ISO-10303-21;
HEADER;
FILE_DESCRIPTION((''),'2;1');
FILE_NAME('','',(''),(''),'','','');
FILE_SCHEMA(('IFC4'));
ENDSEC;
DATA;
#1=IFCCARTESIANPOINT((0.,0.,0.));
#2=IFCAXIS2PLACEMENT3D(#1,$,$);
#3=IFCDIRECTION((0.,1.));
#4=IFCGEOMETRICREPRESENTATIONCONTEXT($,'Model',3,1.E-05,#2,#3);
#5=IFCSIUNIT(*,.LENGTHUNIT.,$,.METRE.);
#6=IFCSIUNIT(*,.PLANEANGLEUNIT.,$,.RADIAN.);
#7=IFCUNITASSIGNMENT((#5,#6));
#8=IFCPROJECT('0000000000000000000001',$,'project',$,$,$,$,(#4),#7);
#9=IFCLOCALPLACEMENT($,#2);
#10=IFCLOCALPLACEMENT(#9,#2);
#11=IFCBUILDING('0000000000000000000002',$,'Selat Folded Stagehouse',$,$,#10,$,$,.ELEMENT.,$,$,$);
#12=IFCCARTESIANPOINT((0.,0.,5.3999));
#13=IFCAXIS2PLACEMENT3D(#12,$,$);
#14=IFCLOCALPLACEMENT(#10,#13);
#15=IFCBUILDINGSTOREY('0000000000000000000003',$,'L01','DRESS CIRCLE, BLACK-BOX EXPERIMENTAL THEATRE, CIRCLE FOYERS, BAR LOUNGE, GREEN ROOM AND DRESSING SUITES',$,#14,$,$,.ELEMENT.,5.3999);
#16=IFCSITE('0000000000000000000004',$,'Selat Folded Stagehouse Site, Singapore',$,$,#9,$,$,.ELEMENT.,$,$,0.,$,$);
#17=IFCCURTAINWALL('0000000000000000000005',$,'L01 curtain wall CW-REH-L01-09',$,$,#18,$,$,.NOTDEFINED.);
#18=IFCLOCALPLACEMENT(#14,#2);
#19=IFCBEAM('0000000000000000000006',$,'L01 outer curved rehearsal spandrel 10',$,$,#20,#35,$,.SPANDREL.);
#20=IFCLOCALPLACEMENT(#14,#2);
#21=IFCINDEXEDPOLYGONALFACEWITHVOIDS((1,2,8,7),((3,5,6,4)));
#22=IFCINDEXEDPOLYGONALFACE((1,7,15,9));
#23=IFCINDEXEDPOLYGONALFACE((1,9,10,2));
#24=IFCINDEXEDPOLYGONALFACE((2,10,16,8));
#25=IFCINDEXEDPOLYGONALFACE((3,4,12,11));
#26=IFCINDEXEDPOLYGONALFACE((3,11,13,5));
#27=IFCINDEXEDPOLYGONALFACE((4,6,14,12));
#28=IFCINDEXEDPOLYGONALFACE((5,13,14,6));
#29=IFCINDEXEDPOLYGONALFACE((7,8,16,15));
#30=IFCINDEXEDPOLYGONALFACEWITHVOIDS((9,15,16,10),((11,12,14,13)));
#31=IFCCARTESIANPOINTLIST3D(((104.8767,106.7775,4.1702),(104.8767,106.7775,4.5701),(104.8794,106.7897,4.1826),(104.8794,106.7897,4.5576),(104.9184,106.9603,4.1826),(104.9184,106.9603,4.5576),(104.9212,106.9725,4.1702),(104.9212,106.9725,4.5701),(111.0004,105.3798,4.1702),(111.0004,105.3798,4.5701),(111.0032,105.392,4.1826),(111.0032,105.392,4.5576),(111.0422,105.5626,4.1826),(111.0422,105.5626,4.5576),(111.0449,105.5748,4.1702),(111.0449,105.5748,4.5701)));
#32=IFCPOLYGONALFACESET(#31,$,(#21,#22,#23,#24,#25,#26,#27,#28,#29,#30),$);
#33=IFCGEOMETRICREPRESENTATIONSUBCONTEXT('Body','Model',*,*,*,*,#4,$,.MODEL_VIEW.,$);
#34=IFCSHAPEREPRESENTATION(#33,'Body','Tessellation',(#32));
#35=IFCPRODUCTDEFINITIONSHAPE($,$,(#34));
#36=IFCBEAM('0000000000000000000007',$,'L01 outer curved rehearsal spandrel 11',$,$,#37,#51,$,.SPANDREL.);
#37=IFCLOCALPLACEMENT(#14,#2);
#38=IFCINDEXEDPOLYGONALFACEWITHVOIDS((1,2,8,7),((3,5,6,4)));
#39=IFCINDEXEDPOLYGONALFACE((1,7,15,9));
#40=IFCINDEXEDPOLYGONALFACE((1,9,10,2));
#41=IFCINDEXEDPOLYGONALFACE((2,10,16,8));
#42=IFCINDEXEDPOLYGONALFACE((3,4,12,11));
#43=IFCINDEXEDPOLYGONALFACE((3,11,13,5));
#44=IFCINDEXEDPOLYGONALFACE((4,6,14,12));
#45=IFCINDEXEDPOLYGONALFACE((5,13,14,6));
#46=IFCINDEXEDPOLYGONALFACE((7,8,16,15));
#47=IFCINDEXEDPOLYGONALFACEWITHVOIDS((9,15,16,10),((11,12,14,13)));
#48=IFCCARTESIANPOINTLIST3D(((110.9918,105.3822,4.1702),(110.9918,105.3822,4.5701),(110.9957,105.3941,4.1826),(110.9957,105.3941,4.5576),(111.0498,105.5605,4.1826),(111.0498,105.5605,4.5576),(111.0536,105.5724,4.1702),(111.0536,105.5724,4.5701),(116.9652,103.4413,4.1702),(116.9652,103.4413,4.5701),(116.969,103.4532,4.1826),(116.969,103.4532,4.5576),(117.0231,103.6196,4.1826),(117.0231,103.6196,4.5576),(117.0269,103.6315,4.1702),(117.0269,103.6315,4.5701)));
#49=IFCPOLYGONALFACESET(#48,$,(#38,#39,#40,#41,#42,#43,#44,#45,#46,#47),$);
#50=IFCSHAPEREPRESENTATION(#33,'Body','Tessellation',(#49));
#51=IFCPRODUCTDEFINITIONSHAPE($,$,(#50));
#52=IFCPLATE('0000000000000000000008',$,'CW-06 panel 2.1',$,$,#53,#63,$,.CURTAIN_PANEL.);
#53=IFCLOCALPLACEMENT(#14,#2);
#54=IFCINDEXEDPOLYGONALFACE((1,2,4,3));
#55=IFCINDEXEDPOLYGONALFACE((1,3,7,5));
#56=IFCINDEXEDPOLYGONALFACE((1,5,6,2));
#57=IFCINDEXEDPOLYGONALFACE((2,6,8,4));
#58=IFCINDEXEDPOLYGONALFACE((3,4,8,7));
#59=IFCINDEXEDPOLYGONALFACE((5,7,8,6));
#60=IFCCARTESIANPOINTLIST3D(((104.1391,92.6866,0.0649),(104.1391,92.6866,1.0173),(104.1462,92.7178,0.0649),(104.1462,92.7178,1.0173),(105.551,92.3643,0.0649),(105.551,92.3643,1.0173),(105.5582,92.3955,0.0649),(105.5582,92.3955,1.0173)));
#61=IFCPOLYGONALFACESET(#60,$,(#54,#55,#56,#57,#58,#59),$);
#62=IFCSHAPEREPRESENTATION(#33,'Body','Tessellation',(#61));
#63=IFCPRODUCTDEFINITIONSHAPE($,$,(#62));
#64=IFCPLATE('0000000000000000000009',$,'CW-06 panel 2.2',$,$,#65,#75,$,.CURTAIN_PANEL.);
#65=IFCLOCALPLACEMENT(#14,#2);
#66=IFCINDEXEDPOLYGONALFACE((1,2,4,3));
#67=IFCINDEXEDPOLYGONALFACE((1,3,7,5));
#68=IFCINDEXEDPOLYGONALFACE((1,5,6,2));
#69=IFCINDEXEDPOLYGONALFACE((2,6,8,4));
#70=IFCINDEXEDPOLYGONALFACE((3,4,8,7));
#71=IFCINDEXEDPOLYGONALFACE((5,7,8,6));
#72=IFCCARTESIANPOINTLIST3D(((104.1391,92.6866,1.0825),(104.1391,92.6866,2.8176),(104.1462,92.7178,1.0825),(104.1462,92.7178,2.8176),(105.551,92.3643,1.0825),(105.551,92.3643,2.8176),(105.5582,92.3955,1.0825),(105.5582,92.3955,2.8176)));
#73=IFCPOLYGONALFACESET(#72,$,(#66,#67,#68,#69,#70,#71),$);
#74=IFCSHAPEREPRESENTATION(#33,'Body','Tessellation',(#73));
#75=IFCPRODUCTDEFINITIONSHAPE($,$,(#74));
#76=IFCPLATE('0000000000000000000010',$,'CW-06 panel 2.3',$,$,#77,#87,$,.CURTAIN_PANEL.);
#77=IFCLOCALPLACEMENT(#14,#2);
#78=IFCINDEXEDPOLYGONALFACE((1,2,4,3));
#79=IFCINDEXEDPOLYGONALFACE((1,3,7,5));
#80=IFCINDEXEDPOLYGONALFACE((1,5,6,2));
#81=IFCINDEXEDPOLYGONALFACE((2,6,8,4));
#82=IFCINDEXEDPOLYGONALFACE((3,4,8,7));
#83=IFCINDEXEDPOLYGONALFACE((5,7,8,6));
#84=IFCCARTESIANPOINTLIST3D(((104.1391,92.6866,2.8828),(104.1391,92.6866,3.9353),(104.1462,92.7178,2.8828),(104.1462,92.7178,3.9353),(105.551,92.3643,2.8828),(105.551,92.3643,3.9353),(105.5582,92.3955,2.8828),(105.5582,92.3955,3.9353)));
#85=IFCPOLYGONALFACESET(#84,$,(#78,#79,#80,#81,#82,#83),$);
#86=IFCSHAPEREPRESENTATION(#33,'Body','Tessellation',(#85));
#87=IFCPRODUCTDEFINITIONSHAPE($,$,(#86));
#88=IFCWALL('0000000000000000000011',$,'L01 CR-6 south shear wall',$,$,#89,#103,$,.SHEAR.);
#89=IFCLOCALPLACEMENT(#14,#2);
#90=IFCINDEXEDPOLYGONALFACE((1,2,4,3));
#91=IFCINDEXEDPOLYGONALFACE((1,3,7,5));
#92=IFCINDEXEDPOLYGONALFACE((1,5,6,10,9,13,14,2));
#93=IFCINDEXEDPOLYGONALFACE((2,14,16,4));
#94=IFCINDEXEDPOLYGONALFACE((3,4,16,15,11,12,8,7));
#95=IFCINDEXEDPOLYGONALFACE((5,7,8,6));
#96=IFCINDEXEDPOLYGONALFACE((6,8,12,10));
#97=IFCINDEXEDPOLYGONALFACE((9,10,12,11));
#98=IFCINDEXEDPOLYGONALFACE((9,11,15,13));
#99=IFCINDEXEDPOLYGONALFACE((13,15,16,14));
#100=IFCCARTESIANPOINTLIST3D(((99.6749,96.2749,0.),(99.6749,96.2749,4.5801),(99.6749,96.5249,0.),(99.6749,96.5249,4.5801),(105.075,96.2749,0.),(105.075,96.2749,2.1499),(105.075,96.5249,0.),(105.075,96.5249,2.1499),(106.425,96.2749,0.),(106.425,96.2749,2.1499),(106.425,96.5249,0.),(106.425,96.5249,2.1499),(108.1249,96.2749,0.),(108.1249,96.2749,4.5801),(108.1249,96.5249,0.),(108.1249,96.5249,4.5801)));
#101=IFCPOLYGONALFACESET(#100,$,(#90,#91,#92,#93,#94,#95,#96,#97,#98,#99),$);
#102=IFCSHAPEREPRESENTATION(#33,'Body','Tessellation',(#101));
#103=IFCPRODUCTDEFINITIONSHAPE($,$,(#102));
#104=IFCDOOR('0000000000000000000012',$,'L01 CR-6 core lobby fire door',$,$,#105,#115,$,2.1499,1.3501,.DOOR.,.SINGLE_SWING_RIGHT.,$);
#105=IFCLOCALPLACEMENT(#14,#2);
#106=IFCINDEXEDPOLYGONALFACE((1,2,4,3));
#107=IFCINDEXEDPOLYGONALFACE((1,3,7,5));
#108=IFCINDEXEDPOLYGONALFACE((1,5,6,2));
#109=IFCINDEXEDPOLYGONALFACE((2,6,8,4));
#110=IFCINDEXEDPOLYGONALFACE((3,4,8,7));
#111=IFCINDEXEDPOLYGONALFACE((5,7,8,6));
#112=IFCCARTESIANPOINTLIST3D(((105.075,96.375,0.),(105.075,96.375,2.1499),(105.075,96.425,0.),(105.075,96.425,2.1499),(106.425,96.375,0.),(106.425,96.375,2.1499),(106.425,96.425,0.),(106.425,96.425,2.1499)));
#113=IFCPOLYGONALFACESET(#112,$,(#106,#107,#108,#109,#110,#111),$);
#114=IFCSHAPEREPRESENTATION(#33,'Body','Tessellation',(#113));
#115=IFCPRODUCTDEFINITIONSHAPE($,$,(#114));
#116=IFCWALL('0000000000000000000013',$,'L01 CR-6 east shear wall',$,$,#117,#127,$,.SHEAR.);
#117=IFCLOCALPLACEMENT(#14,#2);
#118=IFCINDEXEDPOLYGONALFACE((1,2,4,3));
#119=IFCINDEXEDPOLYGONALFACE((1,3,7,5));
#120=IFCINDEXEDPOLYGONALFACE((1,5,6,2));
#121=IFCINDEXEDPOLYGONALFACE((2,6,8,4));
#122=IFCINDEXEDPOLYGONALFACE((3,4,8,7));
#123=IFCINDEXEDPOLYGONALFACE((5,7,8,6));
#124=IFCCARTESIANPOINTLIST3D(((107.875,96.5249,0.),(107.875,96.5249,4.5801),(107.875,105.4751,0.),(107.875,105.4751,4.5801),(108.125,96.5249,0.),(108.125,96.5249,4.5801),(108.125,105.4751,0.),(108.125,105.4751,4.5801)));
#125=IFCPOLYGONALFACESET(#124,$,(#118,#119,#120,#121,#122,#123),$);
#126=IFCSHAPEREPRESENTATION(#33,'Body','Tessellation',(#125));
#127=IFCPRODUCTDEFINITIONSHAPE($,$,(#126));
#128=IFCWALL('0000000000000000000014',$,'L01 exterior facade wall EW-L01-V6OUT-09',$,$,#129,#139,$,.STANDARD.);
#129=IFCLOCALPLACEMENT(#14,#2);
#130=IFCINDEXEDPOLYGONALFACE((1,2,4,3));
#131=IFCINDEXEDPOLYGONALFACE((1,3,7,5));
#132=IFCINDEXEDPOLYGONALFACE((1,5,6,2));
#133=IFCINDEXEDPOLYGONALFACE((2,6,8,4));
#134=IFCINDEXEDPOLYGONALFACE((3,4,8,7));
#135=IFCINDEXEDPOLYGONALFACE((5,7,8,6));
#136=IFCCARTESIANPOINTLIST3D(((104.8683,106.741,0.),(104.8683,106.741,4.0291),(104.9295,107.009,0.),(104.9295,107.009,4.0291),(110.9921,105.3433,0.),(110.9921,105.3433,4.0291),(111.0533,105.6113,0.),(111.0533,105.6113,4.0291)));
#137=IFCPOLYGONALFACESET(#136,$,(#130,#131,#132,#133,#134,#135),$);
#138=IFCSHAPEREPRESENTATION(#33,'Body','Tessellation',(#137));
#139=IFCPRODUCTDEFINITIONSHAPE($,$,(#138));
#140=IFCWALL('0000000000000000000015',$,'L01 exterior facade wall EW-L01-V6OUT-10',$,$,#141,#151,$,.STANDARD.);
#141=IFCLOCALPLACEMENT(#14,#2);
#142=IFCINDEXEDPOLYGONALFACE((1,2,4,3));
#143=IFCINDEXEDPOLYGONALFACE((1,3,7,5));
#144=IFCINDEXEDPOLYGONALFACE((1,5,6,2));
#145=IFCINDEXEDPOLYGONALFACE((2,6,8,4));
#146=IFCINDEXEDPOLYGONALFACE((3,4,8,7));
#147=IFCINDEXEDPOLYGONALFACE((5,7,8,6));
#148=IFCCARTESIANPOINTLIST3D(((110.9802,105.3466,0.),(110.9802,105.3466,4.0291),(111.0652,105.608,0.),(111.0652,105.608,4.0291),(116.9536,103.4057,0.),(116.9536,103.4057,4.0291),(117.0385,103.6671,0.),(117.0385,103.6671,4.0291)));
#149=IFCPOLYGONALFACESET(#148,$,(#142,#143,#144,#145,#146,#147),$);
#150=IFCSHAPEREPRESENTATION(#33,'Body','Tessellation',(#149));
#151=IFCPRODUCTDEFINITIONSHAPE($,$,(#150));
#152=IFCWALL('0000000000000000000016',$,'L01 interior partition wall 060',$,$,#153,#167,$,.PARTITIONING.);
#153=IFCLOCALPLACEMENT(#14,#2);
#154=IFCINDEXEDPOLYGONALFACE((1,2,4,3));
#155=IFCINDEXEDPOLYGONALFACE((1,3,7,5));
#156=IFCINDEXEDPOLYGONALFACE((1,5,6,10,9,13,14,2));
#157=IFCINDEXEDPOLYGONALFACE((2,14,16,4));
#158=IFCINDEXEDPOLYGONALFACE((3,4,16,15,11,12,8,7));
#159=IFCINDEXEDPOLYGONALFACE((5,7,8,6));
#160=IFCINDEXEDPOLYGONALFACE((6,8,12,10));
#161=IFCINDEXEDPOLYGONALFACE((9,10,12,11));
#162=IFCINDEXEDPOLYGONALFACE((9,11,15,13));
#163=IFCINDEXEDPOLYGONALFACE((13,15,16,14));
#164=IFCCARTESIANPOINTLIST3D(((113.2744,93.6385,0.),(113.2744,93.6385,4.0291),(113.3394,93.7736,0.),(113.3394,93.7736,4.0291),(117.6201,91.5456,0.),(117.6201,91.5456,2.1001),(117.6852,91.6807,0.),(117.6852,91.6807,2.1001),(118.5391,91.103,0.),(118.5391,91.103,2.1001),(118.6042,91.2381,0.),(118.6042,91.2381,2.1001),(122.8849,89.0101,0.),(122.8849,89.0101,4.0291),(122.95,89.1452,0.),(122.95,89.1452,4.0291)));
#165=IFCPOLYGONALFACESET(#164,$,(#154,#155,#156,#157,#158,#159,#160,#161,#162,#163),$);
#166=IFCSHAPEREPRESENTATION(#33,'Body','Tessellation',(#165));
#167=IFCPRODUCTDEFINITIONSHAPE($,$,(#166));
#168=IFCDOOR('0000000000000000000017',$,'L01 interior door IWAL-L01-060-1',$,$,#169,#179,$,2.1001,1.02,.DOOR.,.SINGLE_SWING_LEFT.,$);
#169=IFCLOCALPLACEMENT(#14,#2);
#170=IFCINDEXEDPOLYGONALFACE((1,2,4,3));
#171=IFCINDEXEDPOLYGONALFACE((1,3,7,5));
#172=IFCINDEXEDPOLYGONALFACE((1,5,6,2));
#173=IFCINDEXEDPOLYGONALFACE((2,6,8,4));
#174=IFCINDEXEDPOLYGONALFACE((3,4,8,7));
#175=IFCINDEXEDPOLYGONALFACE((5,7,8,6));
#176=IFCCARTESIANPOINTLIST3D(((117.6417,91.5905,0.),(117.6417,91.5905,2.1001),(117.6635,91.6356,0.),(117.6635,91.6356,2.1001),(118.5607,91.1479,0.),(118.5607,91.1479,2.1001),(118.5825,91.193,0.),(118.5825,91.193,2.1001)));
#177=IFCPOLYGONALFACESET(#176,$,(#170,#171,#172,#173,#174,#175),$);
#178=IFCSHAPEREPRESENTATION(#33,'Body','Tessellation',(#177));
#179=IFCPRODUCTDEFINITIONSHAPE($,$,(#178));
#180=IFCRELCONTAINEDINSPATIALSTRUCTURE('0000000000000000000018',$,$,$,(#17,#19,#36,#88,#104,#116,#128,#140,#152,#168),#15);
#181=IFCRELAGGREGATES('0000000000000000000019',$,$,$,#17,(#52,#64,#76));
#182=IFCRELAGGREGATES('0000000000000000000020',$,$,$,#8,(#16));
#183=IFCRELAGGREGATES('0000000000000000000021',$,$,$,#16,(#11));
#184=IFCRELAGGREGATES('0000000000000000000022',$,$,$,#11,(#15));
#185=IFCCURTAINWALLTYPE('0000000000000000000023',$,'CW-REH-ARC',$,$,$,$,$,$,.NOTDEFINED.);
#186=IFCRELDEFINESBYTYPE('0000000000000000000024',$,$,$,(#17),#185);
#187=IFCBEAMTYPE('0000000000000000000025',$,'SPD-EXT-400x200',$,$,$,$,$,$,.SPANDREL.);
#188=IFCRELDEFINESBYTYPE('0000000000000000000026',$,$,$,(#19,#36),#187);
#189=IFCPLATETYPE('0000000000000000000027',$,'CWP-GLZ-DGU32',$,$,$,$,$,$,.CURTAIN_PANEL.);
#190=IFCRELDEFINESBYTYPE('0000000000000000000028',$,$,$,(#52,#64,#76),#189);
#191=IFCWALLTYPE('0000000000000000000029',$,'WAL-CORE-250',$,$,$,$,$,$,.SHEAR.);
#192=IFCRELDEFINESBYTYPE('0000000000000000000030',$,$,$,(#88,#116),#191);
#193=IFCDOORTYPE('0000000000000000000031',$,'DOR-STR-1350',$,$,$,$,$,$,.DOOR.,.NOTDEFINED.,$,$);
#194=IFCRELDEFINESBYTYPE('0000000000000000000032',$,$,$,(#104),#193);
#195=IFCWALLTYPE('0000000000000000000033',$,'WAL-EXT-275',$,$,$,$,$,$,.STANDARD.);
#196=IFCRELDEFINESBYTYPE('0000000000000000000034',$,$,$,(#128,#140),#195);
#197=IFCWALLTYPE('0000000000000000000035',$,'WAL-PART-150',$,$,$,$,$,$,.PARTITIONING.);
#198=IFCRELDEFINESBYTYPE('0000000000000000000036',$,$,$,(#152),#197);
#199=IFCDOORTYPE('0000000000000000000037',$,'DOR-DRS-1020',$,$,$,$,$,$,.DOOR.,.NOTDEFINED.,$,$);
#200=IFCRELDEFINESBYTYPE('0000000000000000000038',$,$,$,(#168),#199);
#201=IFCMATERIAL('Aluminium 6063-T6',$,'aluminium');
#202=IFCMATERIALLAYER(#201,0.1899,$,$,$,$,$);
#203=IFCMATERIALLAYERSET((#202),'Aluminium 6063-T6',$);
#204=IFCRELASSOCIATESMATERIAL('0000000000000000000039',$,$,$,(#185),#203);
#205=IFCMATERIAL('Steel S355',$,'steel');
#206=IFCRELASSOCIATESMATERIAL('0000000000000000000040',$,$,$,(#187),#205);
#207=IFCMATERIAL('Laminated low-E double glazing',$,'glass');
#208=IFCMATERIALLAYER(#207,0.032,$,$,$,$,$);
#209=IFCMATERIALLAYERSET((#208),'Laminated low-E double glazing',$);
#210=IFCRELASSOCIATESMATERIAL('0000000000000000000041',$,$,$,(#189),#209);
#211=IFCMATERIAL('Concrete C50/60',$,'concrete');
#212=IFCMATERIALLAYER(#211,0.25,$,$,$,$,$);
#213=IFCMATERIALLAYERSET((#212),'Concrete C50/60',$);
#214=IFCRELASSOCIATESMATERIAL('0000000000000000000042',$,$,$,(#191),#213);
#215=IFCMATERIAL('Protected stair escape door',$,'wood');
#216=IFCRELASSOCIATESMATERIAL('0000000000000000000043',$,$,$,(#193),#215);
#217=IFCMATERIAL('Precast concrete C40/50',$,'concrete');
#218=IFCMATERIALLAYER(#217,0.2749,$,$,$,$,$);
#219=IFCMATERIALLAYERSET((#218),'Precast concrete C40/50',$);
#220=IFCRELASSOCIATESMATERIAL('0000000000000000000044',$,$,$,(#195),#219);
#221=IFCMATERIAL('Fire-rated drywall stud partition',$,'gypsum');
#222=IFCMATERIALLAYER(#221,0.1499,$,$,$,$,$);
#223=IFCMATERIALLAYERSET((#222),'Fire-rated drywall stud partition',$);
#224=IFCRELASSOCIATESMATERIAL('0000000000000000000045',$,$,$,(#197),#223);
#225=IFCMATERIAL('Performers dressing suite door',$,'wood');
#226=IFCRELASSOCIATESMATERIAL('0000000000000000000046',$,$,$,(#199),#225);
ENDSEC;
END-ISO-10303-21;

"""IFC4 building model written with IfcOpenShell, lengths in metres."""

from ifc_helpers import new_model, si_unit, direction, frame, frame_2d, origin, origin_2d, place, context, subcontext, project, spatial, rectangle, hollow_rectangle, extrude, material, layer, layer_set, material_profile, profile_set, type_object, element, fill, aggregate, save


model = new_model("IFC4")

# Units and contexts
model_context = context("Model", 3, precision=1e-05, world=origin(), true_north=direction((0.0, 1.0)))
body_context = subcontext(model_context, "Body", "Model", "MODEL_VIEW")
ifc_project = project(units=[si_unit("LENGTHUNIT", "METRE"), si_unit("PLANEANGLEUNIT", "RADIAN")], contexts=[model_context])

# Site, building, storey
site_placement = place(None, origin())
site = spatial("IfcSite", under=ifc_project, at=site_placement, Name="Selat Folded Stagehouse Site, Singapore", CompositionType="ELEMENT", RefElevation=0.0)
building_placement = place(site_placement, origin())
building = spatial("IfcBuilding", under=site, at=building_placement, Name="Selat Folded Stagehouse", CompositionType="ELEMENT")
storey_placement = place(building_placement, frame((0.0, 0.0, 5.3999)))
storey = spatial("IfcBuildingStorey", under=building, at=storey_placement, Name="L01", Description="DRESS CIRCLE, BLACK-BOX EXPERIMENTAL THEATRE, CIRCLE FOYERS, BAR LOUNGE, GREEN ROOM AND DRESSING SUITES", CompositionType="ELEMENT", Elevation=5.3999)

# Shared definitions
ifc_material_1 = material(Name="Steel S355", Category="steel")

# Curtain wall
ifc_material_2 = material(Name="Aluminium 6063-T6", Category="aluminium")
ifc_layer_1 = layer(ifc_material_2, 0.1899)
ifc_layer_set_1 = layer_set([ifc_layer_1], Name="Aluminium 6063-T6")
curtain_wall_type = type_object("IfcCurtainWallType", Name="CW-REH-ARC", PredefinedType="NOTDEFINED", material=ifc_layer_set_1)
curtain_wall_placement = place(storey_placement, origin())
curtain_wall = element("IfcCurtainWall", 1, at=curtain_wall_placement, inside=storey, type_object=curtain_wall_type, Name="L01 curtain wall CW-REH-L01-09", PredefinedType="NOTDEFINED")

# Beams
ifc_material_profile_1 = material_profile(ifc_material_1, hollow_rectangle(XDim=0.2, YDim=0.3999, WallThickness=0.0125, at=origin_2d()), Name="RHS 400x200x12.5")
ifc_profile_set_1 = profile_set([ifc_material_profile_1], Name="Steel S355")
beam_type_1 = type_object("IfcBeamType", Name="SPD-EXT-400x200", PredefinedType="SPANDREL", material=ifc_profile_set_1)
beam_1_placement = place(storey_placement, frame((104.8989, 106.875, 4.3701), z_axis=(0.974928, -0.22252, 0.0), x_axis=(0.22252, 0.974928, 0.0)))
element("IfcBeam", 2, at=beam_1_placement, inside=storey, type_object=beam_type_1, Name="L01 outer curved rehearsal spandrel 10", PredefinedType="SPANDREL", context=body_context, shape_type="SweptSolid", body=[
    extrude(hollow_rectangle(XDim=0.2, YDim=0.3999, WallThickness=0.0125, at=origin_2d()), origin(), (0.0, 0.0, 1.0), 6.2812),
])
beam_2_placement = place(storey_placement, frame((111.0227, 105.4773, 4.3701), z_axis=(0.951054, -0.309024, 0.0), x_axis=(0.309024, 0.951054, 0.0)))
element("IfcBeam", 3, at=beam_2_placement, inside=storey, type_object=beam_type_1, Name="L01 outer curved rehearsal spandrel 11", PredefinedType="SPANDREL", context=body_context, shape_type="SweptSolid", body=[
    extrude(hollow_rectangle(XDim=0.2, YDim=0.3999, WallThickness=0.0125, at=origin_2d()), origin(), (0.0, 0.0, 1.0), 6.2808),
])

# Plates
ifc_material_3 = material(Name="Laminated low-E double glazing", Category="glass")
ifc_layer_2 = layer(ifc_material_3, 0.032)
ifc_layer_set_2 = layer_set([ifc_layer_2], Name="Laminated low-E double glazing")
plate_type = type_object("IfcPlateType", Name="CWP-GLZ-DGU32", PredefinedType="CURTAIN_PANEL", material=ifc_layer_set_2)
plate_1_placement = place(storey_placement, frame((104.8486, 92.541, 0.0649), z_axis=(0.0, 0.0, 1.0), x_axis=(-0.974923, 0.222543, 0.0)))
plate_1 = element("IfcPlate", 4, at=plate_1_placement, type_object=plate_type, Name="CW-06 panel 2.1", PredefinedType="CURTAIN_PANEL", context=body_context, shape_type="SweptSolid", body=[
    extrude(rectangle(XDim=1.4482, YDim=0.032, at=origin_2d()), origin(), (0.0, 0.0, 1.0), 0.9524),
])
plate_2_placement = place(storey_placement, frame((104.8486, 92.541, 1.0825), z_axis=(0.0, 0.0, 1.0), x_axis=(-0.974923, 0.222543, 0.0)))
plate_2 = element("IfcPlate", 5, at=plate_2_placement, type_object=plate_type, Name="CW-06 panel 2.2", PredefinedType="CURTAIN_PANEL", context=body_context, shape_type="SweptSolid", body=[
    extrude(rectangle(XDim=1.4482, YDim=0.032, at=origin_2d()), origin(), (0.0, 0.0, 1.0), 1.7351),
])
plate_3_placement = place(storey_placement, frame((104.8486, 92.541, 2.8828), z_axis=(0.0, 0.0, 1.0), x_axis=(-0.974923, 0.222543, 0.0)))
plate_3 = element("IfcPlate", 6, at=plate_3_placement, type_object=plate_type, Name="CW-06 panel 2.3", PredefinedType="CURTAIN_PANEL", context=body_context, shape_type="SweptSolid", body=[
    extrude(rectangle(XDim=1.4482, YDim=0.032, at=origin_2d()), origin(), (0.0, 0.0, 1.0), 1.0525),
])
aggregate(curtain_wall, [plate_1, plate_2, plate_3])

# Wall, opening, door
ifc_material_4 = material(Name="Concrete C50/60", Category="concrete")
ifc_layer_3 = layer(ifc_material_4, 0.25)
ifc_layer_set_3 = layer_set([ifc_layer_3], Name="Concrete C50/60")
wall_type_1 = type_object("IfcWallType", Name="WAL-CORE-250", PredefinedType="SHEAR", material=ifc_layer_set_3)
wall_1_placement = place(storey_placement, frame((108.125, 96.3999, 0.0), z_axis=(0.0, 0.0, 1.0), x_axis=(-1.0, 0.0, 0.0)))
wall_1 = element("IfcWall", 7, at=wall_1_placement, inside=storey, type_object=wall_type_1, Name="L01 CR-6 south shear wall", PredefinedType="SHEAR", context=body_context, shape_type="SweptSolid", body=[
    extrude(rectangle(XDim=8.45, YDim=0.25, at=frame_2d((4.2251, 0.0))), origin(), (0.0, 0.0, 1.0), 4.5801),
])
opening_1_placement = place(wall_1_placement, frame((1.7, 0.0, 0.0)))
opening_1 = element("IfcOpeningElement", 8, at=opening_1_placement, cuts=wall_1, PredefinedType="OPENING", context=body_context, shape_type="SweptSolid", body=[
    extrude(rectangle(XDim=1.3501, YDim=2.1499, at=frame_2d((0.675, 1.075))), frame((0.0, 0.135, 0.0), z_axis=(0.0, -1.0, 0.0), x_axis=(1.0, 0.0, 0.0)), (0.0, 0.0, 1.0), 0.27),
])
ifc_material_5 = material(Name="Protected stair escape door", Category="wood")
door_type_1 = type_object("IfcDoorType", Name="DOR-STR-1350", OperationType="NOTDEFINED", PredefinedType="DOOR", material=ifc_material_5)
door_1_placement = place(opening_1_placement, origin())
door_1 = element("IfcDoor", 9, at=door_1_placement, inside=storey, type_object=door_type_1, Name="L01 CR-6 core lobby fire door", OperationType="SINGLE_SWING_RIGHT", OverallHeight=2.1499, OverallWidth=1.3501, PredefinedType="DOOR", context=body_context, shape_type="SweptSolid", body=[
    extrude(rectangle(XDim=1.3501, YDim=2.1499, at=frame_2d((0.675, 1.075))), frame((0.0, 0.0249, 0.0), z_axis=(0.0, -1.0, 0.0), x_axis=(1.0, 0.0, 0.0)), (0.0, 0.0, 1.0), 0.05),
])
fill(opening_1, door_1)

# Walls
wall_2_placement = place(storey_placement, frame((108.0, 105.4751, 0.0), z_axis=(0.0, 0.0, 1.0), x_axis=(0.0, -1.0, 0.0)))
element("IfcWall", 10, at=wall_2_placement, inside=storey, type_object=wall_type_1, Name="L01 CR-6 east shear wall", PredefinedType="SHEAR", context=body_context, shape_type="SweptSolid", body=[
    extrude(rectangle(XDim=8.9502, YDim=0.25, at=frame_2d((4.4751, 0.0))), origin(), (0.0, 0.0, 1.0), 4.5801),
])
ifc_material_6 = material(Name="Precast concrete C40/50", Category="concrete")
ifc_layer_4 = layer(ifc_material_6, 0.2749)
ifc_layer_set_4 = layer_set([ifc_layer_4], Name="Precast concrete C40/50")
wall_type_2 = type_object("IfcWallType", Name="WAL-EXT-275", PredefinedType="STANDARD", material=ifc_layer_set_4)
wall_3_placement = place(storey_placement, frame((104.8989, 106.875, 0.0), z_axis=(0.0, 0.0, 1.0), x_axis=(0.974928, -0.22252, 0.0)))
element("IfcWall", 11, at=wall_3_placement, inside=storey, type_object=wall_type_2, Name="L01 exterior facade wall EW-L01-V6OUT-09", PredefinedType="STANDARD", context=body_context, shape_type="SweptSolid", body=[
    extrude(rectangle(XDim=6.2812, YDim=0.2749, at=frame_2d((3.1406, 0.0))), origin(), (0.0, 0.0, 1.0), 4.0291),
])
wall_4_placement = place(storey_placement, frame((111.0227, 105.4773, 0.0), z_axis=(0.0, 0.0, 1.0), x_axis=(0.951054, -0.309024, 0.0)))
element("IfcWall", 12, at=wall_4_placement, inside=storey, type_object=wall_type_2, Name="L01 exterior facade wall EW-L01-V6OUT-10", PredefinedType="STANDARD", context=body_context, shape_type="SweptSolid", body=[
    extrude(rectangle(XDim=6.2808, YDim=0.2749, at=frame_2d((3.1404, 0.0))), origin(), (0.0, 0.0, 1.0), 4.0291),
])

# Wall, opening, door
ifc_material_7 = material(Name="Fire-rated drywall stud partition", Category="gypsum")
ifc_layer_5 = layer(ifc_material_7, 0.1499)
ifc_layer_set_5 = layer_set([ifc_layer_5], Name="Fire-rated drywall stud partition")
wall_type_3 = type_object("IfcWallType", Name="WAL-PART-150", PredefinedType="PARTITIONING", material=ifc_layer_set_5)
wall_5_placement = place(storey_placement, frame((113.3069, 93.7061, 0.0), z_axis=(0.0, 0.0, 1.0), x_axis=(0.900962, -0.433899, 0.0)))
wall_5 = element("IfcWall", 13, at=wall_5_placement, inside=storey, type_object=wall_type_3, Name="L01 interior partition wall 060", PredefinedType="PARTITIONING", context=body_context, shape_type="SweptSolid", body=[
    extrude(rectangle(XDim=10.667, YDim=0.1499, at=frame_2d((5.3335, 0.0))), origin(), (0.0, 0.0, 1.0), 4.0291),
])
opening_2_placement = place(wall_5_placement, frame((4.8235, 0.0, 0.0)))
opening_2 = element("IfcOpeningElement", 14, at=opening_2_placement, cuts=wall_5, PredefinedType="OPENING", context=body_context, shape_type="SweptSolid", body=[
    extrude(rectangle(XDim=1.02, YDim=2.1001, at=frame_2d((0.51, 1.05))), frame((0.0, 0.085, 0.0), z_axis=(0.0, -1.0, 0.0), x_axis=(1.0, 0.0, 0.0)), (0.0, 0.0, 1.0), 0.1699),
])
ifc_material_8 = material(Name="Performers dressing suite door", Category="wood")
door_type_2 = type_object("IfcDoorType", Name="DOR-DRS-1020", OperationType="NOTDEFINED", PredefinedType="DOOR", material=ifc_material_8)
door_2_placement = place(opening_2_placement, origin())
door_2 = element("IfcDoor", 15, at=door_2_placement, inside=storey, type_object=door_type_2, Name="L01 interior door IWAL-L01-060-1", OperationType="SINGLE_SWING_LEFT", OverallHeight=2.1001, OverallWidth=1.02, PredefinedType="DOOR", context=body_context, shape_type="SweptSolid", body=[
    extrude(rectangle(XDim=1.02, YDim=2.1001, at=frame_2d((0.51, 1.05))), frame((0.0, 0.0249, 0.0), z_axis=(0.0, -1.0, 0.0), x_axis=(1.0, 0.0, 0.0)), (0.0, 0.0, 1.0), 0.05),
])
fill(opening_2, door_2)

save(model, "model.ifc")
